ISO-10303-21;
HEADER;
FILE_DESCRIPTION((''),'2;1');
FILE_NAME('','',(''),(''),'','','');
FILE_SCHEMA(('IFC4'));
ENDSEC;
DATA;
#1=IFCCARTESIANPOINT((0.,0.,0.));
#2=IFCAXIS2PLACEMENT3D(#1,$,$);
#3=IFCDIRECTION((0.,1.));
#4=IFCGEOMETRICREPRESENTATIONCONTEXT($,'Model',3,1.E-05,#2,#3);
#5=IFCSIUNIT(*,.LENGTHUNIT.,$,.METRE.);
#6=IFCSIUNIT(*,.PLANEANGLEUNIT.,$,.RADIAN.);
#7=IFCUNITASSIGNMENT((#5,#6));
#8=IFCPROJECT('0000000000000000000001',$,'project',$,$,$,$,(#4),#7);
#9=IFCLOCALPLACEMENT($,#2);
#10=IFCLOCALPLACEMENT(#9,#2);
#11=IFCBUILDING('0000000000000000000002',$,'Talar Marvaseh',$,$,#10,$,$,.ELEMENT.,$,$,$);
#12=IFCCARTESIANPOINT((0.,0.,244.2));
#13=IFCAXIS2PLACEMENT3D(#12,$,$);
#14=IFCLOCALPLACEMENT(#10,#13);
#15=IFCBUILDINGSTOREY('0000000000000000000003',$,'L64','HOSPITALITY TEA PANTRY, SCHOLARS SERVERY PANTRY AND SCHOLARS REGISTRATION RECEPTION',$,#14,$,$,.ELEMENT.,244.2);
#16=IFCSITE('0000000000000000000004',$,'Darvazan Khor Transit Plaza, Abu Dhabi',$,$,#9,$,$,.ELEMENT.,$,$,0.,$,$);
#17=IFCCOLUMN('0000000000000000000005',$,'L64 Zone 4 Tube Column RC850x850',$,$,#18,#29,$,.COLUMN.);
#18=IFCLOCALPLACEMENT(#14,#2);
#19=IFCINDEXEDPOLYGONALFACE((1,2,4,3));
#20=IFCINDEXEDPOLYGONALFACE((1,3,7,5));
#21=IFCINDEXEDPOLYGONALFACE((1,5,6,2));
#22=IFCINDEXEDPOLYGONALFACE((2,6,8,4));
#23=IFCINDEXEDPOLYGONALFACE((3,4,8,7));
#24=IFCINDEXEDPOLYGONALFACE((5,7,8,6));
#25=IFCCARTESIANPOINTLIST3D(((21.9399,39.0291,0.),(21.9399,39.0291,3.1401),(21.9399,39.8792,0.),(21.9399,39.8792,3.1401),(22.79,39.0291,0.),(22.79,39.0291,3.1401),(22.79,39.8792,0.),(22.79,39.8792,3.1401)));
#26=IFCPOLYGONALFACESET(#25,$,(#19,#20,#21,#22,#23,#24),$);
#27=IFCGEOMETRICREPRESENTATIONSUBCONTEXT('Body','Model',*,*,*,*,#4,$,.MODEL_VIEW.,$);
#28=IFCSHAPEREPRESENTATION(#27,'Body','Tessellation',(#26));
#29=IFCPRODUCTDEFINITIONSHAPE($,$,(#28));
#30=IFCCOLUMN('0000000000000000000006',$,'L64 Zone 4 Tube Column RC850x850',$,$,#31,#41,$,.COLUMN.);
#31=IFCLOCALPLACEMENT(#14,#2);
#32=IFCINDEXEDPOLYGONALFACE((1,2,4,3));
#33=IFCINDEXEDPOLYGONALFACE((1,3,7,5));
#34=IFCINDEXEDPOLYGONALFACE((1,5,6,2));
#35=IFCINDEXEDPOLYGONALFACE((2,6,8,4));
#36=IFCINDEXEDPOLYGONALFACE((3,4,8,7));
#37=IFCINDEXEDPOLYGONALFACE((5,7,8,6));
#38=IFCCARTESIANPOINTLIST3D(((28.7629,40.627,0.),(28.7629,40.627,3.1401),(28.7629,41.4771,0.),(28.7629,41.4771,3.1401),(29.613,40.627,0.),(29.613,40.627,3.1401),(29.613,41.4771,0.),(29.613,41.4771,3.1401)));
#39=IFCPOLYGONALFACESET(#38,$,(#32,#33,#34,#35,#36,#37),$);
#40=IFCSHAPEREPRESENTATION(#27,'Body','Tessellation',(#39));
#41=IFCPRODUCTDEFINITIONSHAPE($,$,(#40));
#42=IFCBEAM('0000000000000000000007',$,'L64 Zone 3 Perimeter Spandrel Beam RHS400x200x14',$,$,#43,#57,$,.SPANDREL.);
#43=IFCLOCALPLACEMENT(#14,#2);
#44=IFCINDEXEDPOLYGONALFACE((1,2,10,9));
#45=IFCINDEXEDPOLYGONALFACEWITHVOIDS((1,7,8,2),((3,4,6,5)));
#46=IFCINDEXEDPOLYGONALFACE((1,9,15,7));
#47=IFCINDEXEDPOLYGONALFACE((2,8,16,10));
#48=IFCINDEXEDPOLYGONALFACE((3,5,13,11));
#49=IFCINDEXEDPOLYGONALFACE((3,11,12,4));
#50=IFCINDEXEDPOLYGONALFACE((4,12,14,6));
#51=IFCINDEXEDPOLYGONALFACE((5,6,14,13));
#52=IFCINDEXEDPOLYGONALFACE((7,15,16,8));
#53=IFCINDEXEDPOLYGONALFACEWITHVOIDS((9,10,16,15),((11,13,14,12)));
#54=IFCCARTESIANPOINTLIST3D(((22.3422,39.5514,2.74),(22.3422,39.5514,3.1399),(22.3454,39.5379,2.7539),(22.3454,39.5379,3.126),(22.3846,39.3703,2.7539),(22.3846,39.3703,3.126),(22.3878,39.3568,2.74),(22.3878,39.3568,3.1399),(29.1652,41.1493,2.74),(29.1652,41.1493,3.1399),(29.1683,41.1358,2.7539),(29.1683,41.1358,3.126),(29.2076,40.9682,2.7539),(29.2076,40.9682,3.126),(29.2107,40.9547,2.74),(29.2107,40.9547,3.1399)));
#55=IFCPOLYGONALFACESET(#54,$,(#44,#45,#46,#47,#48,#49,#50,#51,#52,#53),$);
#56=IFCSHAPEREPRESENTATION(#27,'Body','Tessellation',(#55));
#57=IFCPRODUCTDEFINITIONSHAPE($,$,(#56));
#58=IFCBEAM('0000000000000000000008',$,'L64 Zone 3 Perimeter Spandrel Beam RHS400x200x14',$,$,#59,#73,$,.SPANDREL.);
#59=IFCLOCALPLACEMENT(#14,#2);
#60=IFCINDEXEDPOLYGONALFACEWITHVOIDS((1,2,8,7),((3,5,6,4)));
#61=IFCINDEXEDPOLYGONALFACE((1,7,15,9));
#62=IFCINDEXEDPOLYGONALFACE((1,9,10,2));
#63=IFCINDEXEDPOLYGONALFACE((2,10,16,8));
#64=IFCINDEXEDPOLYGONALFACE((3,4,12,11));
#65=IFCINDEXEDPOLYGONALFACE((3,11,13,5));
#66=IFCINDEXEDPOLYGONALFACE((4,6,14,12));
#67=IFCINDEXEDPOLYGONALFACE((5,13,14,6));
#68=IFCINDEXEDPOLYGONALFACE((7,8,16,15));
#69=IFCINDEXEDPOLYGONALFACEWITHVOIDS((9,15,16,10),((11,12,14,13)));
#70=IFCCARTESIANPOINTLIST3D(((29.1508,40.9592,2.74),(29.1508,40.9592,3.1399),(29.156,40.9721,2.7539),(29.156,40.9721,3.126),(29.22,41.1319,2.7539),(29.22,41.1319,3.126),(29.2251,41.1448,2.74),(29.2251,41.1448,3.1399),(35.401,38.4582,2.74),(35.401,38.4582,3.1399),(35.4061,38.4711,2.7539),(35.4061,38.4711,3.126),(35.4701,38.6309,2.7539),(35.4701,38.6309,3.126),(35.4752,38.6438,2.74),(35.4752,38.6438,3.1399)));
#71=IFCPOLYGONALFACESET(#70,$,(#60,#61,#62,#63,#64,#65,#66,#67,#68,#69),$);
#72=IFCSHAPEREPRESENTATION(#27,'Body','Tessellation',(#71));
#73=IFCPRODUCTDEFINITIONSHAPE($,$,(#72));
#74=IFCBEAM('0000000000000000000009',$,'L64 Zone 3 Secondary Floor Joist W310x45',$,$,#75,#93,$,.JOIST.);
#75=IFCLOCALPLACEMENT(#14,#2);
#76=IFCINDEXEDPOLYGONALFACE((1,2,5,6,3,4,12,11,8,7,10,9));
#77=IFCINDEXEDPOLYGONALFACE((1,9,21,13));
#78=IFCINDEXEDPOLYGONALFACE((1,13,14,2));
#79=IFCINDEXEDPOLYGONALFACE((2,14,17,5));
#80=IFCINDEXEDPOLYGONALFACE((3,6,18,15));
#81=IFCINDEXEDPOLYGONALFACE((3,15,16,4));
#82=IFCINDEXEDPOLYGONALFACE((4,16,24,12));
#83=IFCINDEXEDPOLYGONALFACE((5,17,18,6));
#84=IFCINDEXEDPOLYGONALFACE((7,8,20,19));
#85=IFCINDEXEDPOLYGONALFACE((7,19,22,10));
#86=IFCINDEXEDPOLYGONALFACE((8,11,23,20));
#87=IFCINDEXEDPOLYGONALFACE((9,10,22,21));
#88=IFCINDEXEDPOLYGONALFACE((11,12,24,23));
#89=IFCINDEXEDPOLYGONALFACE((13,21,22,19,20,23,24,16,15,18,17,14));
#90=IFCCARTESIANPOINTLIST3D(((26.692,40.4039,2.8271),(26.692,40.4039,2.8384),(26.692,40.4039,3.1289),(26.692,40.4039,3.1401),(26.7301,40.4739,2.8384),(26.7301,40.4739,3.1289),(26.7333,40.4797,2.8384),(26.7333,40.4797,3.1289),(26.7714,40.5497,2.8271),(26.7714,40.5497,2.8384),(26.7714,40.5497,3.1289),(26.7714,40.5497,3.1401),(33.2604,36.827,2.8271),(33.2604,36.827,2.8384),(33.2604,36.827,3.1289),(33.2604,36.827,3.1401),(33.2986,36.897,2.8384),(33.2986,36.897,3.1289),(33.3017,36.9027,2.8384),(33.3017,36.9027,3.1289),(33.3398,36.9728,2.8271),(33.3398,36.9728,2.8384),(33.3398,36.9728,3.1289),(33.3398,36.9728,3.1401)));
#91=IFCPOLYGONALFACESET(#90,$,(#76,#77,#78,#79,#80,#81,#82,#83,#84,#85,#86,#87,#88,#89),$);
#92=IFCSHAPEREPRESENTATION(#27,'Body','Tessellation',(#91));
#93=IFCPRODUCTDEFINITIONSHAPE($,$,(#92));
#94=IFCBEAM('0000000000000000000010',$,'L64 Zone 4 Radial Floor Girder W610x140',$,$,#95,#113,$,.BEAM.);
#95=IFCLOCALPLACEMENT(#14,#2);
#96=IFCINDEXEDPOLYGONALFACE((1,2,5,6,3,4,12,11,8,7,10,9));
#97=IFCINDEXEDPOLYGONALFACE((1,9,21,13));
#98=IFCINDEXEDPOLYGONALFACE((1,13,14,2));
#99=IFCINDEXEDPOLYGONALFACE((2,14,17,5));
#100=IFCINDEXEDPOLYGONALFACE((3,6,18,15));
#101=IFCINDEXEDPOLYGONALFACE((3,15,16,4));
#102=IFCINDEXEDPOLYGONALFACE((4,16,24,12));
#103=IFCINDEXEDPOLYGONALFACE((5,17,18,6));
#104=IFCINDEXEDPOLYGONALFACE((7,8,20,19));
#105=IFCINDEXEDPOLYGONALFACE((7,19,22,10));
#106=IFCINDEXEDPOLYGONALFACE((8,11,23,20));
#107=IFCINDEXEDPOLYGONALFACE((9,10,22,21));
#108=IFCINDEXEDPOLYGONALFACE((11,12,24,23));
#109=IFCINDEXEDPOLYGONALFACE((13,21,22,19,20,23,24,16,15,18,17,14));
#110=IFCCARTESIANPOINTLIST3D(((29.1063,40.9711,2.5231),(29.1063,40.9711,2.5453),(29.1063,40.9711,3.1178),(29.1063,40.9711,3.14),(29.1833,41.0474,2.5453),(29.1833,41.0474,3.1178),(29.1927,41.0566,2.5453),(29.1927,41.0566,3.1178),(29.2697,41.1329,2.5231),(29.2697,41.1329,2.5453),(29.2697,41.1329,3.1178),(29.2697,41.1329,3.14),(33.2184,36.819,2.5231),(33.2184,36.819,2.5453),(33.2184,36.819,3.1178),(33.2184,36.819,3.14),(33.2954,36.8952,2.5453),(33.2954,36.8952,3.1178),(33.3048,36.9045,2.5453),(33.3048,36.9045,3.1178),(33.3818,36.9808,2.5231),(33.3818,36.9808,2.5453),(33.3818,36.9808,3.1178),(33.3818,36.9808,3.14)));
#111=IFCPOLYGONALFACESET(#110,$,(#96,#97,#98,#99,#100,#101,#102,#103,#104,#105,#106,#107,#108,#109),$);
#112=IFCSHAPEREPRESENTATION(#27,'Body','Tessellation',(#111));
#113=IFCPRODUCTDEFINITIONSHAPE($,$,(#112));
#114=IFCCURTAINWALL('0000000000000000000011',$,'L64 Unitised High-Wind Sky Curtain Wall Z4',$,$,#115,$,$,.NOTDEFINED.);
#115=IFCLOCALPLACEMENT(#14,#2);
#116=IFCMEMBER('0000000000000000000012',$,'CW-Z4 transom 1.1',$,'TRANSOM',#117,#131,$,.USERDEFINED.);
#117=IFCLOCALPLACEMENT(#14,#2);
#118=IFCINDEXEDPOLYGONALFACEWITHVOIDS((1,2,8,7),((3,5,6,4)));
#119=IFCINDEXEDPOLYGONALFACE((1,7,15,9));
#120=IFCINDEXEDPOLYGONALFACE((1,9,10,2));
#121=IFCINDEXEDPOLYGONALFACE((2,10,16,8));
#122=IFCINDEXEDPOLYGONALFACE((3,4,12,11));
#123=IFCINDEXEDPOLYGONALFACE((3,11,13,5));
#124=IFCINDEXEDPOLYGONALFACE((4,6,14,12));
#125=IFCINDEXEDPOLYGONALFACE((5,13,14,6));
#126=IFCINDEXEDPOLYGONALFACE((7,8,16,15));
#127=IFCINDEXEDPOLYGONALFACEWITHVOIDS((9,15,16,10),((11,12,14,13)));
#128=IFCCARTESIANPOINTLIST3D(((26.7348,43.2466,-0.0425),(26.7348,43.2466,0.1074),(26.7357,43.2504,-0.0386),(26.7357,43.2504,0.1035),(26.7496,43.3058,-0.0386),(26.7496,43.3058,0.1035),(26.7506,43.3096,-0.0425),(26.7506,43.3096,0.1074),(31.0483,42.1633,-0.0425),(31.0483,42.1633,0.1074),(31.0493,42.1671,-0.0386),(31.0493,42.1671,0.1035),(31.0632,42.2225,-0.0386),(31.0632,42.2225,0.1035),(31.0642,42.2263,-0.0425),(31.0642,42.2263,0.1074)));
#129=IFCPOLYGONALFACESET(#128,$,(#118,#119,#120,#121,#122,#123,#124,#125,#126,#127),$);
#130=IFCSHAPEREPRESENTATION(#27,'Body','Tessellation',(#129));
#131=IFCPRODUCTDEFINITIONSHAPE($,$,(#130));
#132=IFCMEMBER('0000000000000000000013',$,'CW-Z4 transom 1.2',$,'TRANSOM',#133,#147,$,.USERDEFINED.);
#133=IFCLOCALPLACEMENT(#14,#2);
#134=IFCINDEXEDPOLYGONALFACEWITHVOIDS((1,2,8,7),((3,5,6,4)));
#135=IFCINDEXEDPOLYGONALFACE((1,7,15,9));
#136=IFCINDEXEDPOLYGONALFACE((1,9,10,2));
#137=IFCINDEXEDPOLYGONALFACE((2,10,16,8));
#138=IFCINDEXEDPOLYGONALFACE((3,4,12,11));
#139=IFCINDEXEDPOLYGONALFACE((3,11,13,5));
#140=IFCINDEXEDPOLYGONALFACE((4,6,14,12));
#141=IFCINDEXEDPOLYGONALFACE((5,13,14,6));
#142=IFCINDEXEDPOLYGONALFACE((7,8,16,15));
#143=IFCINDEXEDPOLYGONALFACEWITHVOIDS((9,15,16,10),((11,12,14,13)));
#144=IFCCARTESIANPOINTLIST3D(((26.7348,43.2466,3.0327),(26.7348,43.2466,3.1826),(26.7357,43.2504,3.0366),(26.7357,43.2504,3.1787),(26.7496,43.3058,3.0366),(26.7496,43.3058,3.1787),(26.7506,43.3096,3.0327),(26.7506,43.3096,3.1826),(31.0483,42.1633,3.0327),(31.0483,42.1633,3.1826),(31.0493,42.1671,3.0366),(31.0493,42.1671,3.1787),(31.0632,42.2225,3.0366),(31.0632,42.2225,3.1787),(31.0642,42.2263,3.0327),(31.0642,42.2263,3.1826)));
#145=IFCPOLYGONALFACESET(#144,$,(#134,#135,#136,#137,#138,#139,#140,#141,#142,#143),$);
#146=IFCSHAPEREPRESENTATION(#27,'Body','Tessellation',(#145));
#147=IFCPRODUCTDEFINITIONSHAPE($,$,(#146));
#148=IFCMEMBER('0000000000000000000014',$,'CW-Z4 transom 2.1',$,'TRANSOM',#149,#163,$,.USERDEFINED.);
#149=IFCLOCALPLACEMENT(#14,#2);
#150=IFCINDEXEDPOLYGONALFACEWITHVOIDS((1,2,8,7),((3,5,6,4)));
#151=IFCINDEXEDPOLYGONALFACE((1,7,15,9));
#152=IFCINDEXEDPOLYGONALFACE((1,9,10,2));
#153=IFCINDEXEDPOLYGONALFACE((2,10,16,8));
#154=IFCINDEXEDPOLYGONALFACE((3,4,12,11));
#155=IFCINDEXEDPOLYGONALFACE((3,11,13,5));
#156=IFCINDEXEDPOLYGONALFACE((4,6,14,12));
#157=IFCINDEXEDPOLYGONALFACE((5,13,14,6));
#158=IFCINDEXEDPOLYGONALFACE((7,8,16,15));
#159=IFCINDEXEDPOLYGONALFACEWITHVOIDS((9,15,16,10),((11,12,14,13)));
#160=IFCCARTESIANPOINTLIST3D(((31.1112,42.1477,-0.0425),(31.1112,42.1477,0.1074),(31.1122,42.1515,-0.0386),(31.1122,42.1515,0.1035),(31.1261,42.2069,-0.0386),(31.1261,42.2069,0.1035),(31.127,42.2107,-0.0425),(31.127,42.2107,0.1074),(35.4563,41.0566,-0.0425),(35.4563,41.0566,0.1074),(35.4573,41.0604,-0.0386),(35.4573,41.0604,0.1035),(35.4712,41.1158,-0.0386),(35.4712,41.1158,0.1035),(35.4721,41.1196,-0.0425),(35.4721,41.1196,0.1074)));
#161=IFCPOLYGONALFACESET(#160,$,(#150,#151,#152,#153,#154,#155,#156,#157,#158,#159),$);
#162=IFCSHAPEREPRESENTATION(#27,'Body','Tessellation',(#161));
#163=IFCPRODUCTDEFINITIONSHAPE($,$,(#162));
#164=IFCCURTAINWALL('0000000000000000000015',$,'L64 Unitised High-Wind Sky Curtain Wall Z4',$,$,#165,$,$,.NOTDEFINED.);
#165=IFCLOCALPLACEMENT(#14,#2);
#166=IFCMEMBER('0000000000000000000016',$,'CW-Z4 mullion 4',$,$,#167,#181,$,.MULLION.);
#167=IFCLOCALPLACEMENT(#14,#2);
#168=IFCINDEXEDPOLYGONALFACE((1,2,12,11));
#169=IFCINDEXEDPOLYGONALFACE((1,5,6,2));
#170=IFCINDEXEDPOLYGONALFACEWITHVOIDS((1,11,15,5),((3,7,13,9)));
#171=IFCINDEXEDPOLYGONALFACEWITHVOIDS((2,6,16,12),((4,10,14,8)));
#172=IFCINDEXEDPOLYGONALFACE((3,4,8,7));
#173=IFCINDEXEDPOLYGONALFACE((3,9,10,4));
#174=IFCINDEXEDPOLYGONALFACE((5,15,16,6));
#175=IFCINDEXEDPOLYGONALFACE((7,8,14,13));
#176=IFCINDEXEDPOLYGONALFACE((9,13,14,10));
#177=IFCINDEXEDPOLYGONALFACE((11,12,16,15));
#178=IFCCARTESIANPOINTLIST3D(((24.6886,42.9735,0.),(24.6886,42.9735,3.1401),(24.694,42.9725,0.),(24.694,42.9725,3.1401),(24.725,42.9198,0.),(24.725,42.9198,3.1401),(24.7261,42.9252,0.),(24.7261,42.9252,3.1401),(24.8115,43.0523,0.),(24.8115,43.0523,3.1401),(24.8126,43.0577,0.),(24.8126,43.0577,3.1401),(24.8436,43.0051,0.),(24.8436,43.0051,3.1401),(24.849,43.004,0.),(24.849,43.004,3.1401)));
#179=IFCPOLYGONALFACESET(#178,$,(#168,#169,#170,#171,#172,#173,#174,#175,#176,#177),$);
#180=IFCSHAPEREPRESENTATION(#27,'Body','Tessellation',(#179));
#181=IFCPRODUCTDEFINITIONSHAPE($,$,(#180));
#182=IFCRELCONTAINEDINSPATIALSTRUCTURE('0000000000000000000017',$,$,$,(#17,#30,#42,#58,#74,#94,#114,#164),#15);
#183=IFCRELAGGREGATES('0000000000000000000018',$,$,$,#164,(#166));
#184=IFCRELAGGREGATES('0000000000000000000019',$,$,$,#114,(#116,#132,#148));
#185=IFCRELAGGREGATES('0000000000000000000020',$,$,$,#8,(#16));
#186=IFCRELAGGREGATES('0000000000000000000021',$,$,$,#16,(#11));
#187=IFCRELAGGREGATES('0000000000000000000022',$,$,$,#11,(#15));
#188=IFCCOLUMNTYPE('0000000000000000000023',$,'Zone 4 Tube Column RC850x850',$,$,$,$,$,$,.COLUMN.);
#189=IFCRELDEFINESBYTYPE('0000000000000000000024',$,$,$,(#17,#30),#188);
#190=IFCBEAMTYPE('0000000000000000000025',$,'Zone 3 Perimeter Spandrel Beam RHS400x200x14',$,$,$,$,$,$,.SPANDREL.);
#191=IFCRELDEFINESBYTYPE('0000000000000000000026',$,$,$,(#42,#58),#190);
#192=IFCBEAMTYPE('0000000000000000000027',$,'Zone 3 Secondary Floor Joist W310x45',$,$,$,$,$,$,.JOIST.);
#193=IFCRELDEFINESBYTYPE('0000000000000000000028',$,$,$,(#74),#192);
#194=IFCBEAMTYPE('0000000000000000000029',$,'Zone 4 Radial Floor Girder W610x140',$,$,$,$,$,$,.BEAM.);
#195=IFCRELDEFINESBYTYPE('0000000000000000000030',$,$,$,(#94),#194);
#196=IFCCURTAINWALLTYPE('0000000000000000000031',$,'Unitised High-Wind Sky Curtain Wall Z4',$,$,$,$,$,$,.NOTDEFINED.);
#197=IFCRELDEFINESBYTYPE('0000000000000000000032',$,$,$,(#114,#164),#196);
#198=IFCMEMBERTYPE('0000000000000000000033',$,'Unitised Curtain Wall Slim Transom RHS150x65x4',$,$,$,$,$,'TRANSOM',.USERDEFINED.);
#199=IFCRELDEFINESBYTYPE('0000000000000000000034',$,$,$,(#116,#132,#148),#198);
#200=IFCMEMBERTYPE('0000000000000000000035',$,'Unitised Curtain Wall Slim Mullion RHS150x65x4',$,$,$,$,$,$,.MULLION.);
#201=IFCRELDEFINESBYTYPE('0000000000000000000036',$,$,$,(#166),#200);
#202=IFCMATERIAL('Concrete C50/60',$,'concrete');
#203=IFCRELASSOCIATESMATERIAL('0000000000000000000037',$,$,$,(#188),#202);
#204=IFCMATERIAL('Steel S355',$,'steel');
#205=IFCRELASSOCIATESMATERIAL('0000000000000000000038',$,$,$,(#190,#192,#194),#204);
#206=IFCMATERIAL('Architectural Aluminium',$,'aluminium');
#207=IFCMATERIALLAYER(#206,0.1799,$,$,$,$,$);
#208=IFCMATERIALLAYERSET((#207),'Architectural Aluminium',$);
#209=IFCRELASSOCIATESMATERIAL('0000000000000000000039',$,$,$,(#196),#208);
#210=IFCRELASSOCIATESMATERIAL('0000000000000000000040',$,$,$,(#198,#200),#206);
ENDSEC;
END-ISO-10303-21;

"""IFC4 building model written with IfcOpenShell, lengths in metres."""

from ifc_helpers import new_model, si_unit, direction, frame, origin, origin_2d, place, context, subcontext, project, spatial, rectangle, hollow_rectangle, i_section, extrude, source, transform, mapped, material, layer, layer_set, material_profile, profile_set, type_object, type_shapes, element, aggregate, save


model = new_model("IFC4")

# Units and contexts
model_context = context("Model", 3, precision=1e-05, world=origin(), true_north=direction((0.0, 1.0)))
body_context = subcontext(model_context, "Body", "Model", "MODEL_VIEW")
ifc_project = project(units=[si_unit("LENGTHUNIT", "METRE"), si_unit("PLANEANGLEUNIT", "RADIAN")], contexts=[model_context])

# Site, building, storey
site_placement = place(None, origin())
site = spatial("IfcSite", under=ifc_project, at=site_placement, Name="Darvazan Khor Transit Plaza, Abu Dhabi", CompositionType="ELEMENT", RefElevation=0.0)
building_placement = place(site_placement, origin())
building = spatial("IfcBuilding", under=site, at=building_placement, Name="Talar Marvaseh", CompositionType="ELEMENT")
storey_placement = place(building_placement, frame((0.0, 0.0, 244.2)))
storey = spatial("IfcBuildingStorey", under=building, at=storey_placement, Name="L64", Description="HOSPITALITY TEA PANTRY, SCHOLARS SERVERY PANTRY AND SCHOLARS REGISTRATION RECEPTION", CompositionType="ELEMENT", Elevation=244.2)

# Columns
ifc_material_1 = material(Name="Concrete C50/60", Category="concrete")
ifc_material_profile_1 = material_profile(ifc_material_1, rectangle(XDim=0.8501, YDim=0.8501, at=origin_2d()), Name="RC850x850")
ifc_profile_set_1 = profile_set([ifc_material_profile_1], Name="Concrete C50/60")
column_type = type_object("IfcColumnType", Name="Zone 4 Tube Column RC850x850", PredefinedType="COLUMN", material=ifc_profile_set_1)
for number, where, z_axis, x_axis, name in (
    (1, (22.365, 39.4541, 0.0), (0.0, 0.0, 1.0), (1.0, 0.0, 0.0), "L64 Zone 4 Tube Column RC850x850"),
    (2, (29.188, 41.052, 0.0), (0.0, 0.0, 1.0), (1.0, 0.0, 0.0), "L64 Zone 4 Tube Column RC850x850"),
):
    element("IfcColumn", number, at=place(storey_placement, frame(where, z_axis=z_axis, x_axis=x_axis)), inside=storey, type_object=column_type, Name=name, PredefinedType="COLUMN", context=body_context, shape_type="SweptSolid", body=[
        extrude(rectangle(XDim=0.8501, YDim=0.8501, at=origin_2d()), origin(), (0.0, 0.0, 1.0), 3.1401),
    ])

# Beams
ifc_material_2 = material(Name="Steel S355", Category="steel")
ifc_material_profile_2 = material_profile(ifc_material_2, hollow_rectangle(XDim=0.2, YDim=0.3999, WallThickness=0.0139, at=origin_2d()), Name="RHS400x200x14")
ifc_profile_set_2 = profile_set([ifc_material_profile_2], Name="Steel S355")
beam_type_1 = type_object("IfcBeamType", Name="Zone 3 Perimeter Spandrel Beam RHS400x200x14", PredefinedType="SPANDREL", material=ifc_profile_set_2)
beam_1_placement = place(storey_placement, frame((22.365, 39.4541, 2.9399), z_axis=(0.973656, 0.228024, 0.0), x_axis=(-0.228024, 0.973656, 0.0)))
element("IfcBeam", 3, at=beam_1_placement, inside=storey, type_object=beam_type_1, Name="L64 Zone 3 Perimeter Spandrel Beam RHS400x200x14", PredefinedType="SPANDREL", context=body_context, shape_type="SweptSolid", body=[
    extrude(hollow_rectangle(XDim=0.2, YDim=0.3999, WallThickness=0.0139, at=origin_2d()), origin(), (0.0, 0.0, 1.0), 7.0076),
])
beam_2_placement = place(storey_placement, frame((29.188, 41.052, 2.9399), z_axis=(0.928427, -0.371516, 0.0), x_axis=(0.371516, 0.928427, 0.0)))
element("IfcBeam", 4, at=beam_2_placement, inside=storey, type_object=beam_type_1, Name="L64 Zone 3 Perimeter Spandrel Beam RHS400x200x14", PredefinedType="SPANDREL", context=body_context, shape_type="SweptSolid", body=[
    extrude(hollow_rectangle(XDim=0.2, YDim=0.3999, WallThickness=0.0139, at=origin_2d()), origin(), (0.0, 0.0, 1.0), 6.7319),
])
ifc_material_profile_3 = material_profile(ifc_material_2, i_section(OverallWidth=0.166, OverallDepth=0.313, WebThickness=0.0066, FlangeThickness=0.0112, at=origin_2d()), Name="W310x45")
ifc_profile_set_3 = profile_set([ifc_material_profile_3], Name="Steel S355")
beam_type_2 = type_object("IfcBeamType", Name="Zone 3 Secondary Floor Joist W310x45", PredefinedType="JOIST", material=ifc_profile_set_3)
beam_3_placement = place(storey_placement, frame((26.7317, 40.4768, 2.9836), z_axis=(0.878223, -0.478251, 0.0), x_axis=(0.478251, 0.878223, 0.0)))
element("IfcBeam", 5, at=beam_3_placement, inside=storey, type_object=beam_type_2, Name="L64 Zone 3 Secondary Floor Joist W310x45", PredefinedType="JOIST", context=body_context, shape_type="SweptSolid", body=[
    extrude(i_section(OverallWidth=0.166, OverallDepth=0.313, WebThickness=0.0066, FlangeThickness=0.0112, at=origin_2d()), origin(), (0.0, 0.0, 1.0), 7.4792),
])
ifc_material_profile_4 = material_profile(ifc_material_2, i_section(OverallWidth=0.23, OverallDepth=0.6169, WebThickness=0.0132, FlangeThickness=0.0222, at=origin_2d()), Name="W610x140")
ifc_profile_set_4 = profile_set([ifc_material_profile_4], Name="Steel S355")
beam_type_3 = type_object("IfcBeamType", Name="Zone 4 Radial Floor Girder W610x140", PredefinedType="BEAM", material=ifc_profile_set_4)
beam_4_placement = place(storey_placement, frame((29.188, 41.052, 2.8315), z_axis=(0.703673, -0.710524, 0.0), x_axis=(0.710524, 0.703673, 0.0)))
element("IfcBeam", 6, at=beam_4_placement, inside=storey, type_object=beam_type_3, Name="L64 Zone 4 Radial Floor Girder W610x140", PredefinedType="BEAM", context=body_context, shape_type="SweptSolid", body=[
    extrude(i_section(OverallWidth=0.23, OverallDepth=0.6169, WebThickness=0.0132, FlangeThickness=0.0222, at=origin_2d()), origin(), (0.0, 0.0, 1.0), 5.8438),
])

# Curtain wall, members
ifc_material_3 = material(Name="Architectural Aluminium", Category="aluminium")
ifc_layer_1 = layer(ifc_material_3, 0.1799)
ifc_layer_set_1 = layer_set([ifc_layer_1], Name="Architectural Aluminium")
curtain_wall_type = type_object("IfcCurtainWallType", Name="Unitised High-Wind Sky Curtain Wall Z4", PredefinedType="NOTDEFINED", material=ifc_layer_set_1)
curtain_wall_1_placement = place(storey_placement, origin())
curtain_wall_1 = element("IfcCurtainWall", 7, at=curtain_wall_1_placement, inside=storey, type_object=curtain_wall_type, Name="L64 Unitised High-Wind Sky Curtain Wall Z4", PredefinedType="NOTDEFINED")
ifc_material_profile_5 = material_profile(ifc_material_3, hollow_rectangle(XDim=0.0649, YDim=0.1499, WallThickness=0.0039, at=origin_2d()), Name="RHS150x65x4")
ifc_profile_set_5 = profile_set([ifc_material_profile_5], Name="Architectural Aluminium")
member_type_1 = type_object("IfcMemberType", Name="Unitised Curtain Wall Slim Transom RHS150x65x4", ElementType="TRANSOM", PredefinedType="USERDEFINED", material=ifc_profile_set_5)
shared_shape_1 = source(origin(), body_context, "Body", "SweptSolid", [
    extrude(hollow_rectangle(XDim=0.0649, YDim=0.1499, WallThickness=0.0039, at=origin_2d()), origin(), (0.0, 0.0, 1.0), 4.4475),
])
member_1_placement = place(storey_placement, frame((26.7427, 43.2781, 0.0325), z_axis=(0.969884, -0.243569, 0.0), x_axis=(0.243569, 0.969884, 0.0)))
member_1 = element("IfcMember", 8, at=member_1_placement, type_object=member_type_1, Name="CW-Z4 transom 1.1", ObjectType="TRANSOM", PredefinedType="USERDEFINED", context=body_context, shape_type="MappedRepresentation", body=[
    mapped(shared_shape_1, transform((0.0, 0.0, 0.0), x_axis=(1.0, 0.0, 0.0), y_axis=(0.0, 1.0, 0.0), z_axis=(0.0, 0.0, 1.0), scale=1.0)),
])
member_2_placement = place(storey_placement, frame((26.7427, 43.2781, 3.1077), z_axis=(0.969884, -0.243569, 0.0), x_axis=(0.243569, 0.969884, 0.0)))
member_2 = element("IfcMember", 9, at=member_2_placement, type_object=member_type_1, Name="CW-Z4 transom 1.2", ObjectType="TRANSOM", PredefinedType="USERDEFINED", context=body_context, shape_type="MappedRepresentation", body=[
    mapped(shared_shape_1, transform((0.0, 0.0, 0.0), x_axis=(1.0, 0.0, 0.0), y_axis=(0.0, 1.0, 0.0), z_axis=(0.0, 0.0, 1.0), scale=1.0)),
])
shared_shape_2 = source(origin(), body_context, "Body", "SweptSolid", [
    extrude(hollow_rectangle(XDim=0.0649, YDim=0.1499, WallThickness=0.0039, at=origin_2d()), origin(), (0.0, 0.0, 1.0), 4.48),
])
type_shapes(member_type_1, [shared_shape_1, shared_shape_2])
member_3_placement = place(storey_placement, frame((31.1191, 42.1792, 0.0325), z_axis=(0.969889, -0.243549, 0.0), x_axis=(0.243549, 0.969889, 0.0)))
member_3 = element("IfcMember", 10, at=member_3_placement, type_object=member_type_1, Name="CW-Z4 transom 2.1", ObjectType="TRANSOM", PredefinedType="USERDEFINED", context=body_context, shape_type="MappedRepresentation", body=[
    mapped(shared_shape_2, transform((0.0, 0.0, 0.0), x_axis=(1.0, 0.0, 0.0), y_axis=(0.0, 1.0, 0.0), z_axis=(0.0, 0.0, 1.0), scale=1.0)),
])

# Curtain wall, member
curtain_wall_2_placement = place(storey_placement, origin())
curtain_wall_2 = element("IfcCurtainWall", 11, at=curtain_wall_2_placement, inside=storey, type_object=curtain_wall_type, Name="L64 Unitised High-Wind Sky Curtain Wall Z4", PredefinedType="NOTDEFINED")
ifc_material_profile_6 = material_profile(ifc_material_3, hollow_rectangle(XDim=0.0649, YDim=0.1499, WallThickness=0.0039, at=origin_2d()), Name="RHS150x65x4")
ifc_profile_set_6 = profile_set([ifc_material_profile_6], Name="Architectural Aluminium")
member_type_2 = type_object("IfcMemberType", Name="Unitised Curtain Wall Slim Mullion RHS150x65x4", PredefinedType="MULLION", material=ifc_profile_set_6)
shared_shape_3 = source(origin(), body_context, "Body", "SweptSolid", [
    extrude(hollow_rectangle(XDim=0.0649, YDim=0.1499, WallThickness=0.0039, at=origin_2d()), origin(), (0.0, 0.0, 1.0), 3.1401),
])
type_shapes(member_type_2, [shared_shape_3])
member_4_placement = place(storey_placement, frame((24.7688, 42.9888, 0.0), z_axis=(0.0, 0.0, 1.0), x_axis=(-0.561823, 0.827258, 0.0)))
member_4 = element("IfcMember", 12, at=member_4_placement, type_object=member_type_2, Name="CW-Z4 mullion 4", PredefinedType="MULLION", context=body_context, shape_type="MappedRepresentation", body=[
    mapped(shared_shape_3, transform((0.0, 0.0, 0.0), x_axis=(1.0, 0.0, 0.0), y_axis=(0.0, 1.0, 0.0), z_axis=(0.0, 0.0, 1.0), scale=1.0)),
])

aggregate(curtain_wall_2, [member_4])
aggregate(curtain_wall_1, [member_1, member_2, member_3])

save(model, "model.ifc")
